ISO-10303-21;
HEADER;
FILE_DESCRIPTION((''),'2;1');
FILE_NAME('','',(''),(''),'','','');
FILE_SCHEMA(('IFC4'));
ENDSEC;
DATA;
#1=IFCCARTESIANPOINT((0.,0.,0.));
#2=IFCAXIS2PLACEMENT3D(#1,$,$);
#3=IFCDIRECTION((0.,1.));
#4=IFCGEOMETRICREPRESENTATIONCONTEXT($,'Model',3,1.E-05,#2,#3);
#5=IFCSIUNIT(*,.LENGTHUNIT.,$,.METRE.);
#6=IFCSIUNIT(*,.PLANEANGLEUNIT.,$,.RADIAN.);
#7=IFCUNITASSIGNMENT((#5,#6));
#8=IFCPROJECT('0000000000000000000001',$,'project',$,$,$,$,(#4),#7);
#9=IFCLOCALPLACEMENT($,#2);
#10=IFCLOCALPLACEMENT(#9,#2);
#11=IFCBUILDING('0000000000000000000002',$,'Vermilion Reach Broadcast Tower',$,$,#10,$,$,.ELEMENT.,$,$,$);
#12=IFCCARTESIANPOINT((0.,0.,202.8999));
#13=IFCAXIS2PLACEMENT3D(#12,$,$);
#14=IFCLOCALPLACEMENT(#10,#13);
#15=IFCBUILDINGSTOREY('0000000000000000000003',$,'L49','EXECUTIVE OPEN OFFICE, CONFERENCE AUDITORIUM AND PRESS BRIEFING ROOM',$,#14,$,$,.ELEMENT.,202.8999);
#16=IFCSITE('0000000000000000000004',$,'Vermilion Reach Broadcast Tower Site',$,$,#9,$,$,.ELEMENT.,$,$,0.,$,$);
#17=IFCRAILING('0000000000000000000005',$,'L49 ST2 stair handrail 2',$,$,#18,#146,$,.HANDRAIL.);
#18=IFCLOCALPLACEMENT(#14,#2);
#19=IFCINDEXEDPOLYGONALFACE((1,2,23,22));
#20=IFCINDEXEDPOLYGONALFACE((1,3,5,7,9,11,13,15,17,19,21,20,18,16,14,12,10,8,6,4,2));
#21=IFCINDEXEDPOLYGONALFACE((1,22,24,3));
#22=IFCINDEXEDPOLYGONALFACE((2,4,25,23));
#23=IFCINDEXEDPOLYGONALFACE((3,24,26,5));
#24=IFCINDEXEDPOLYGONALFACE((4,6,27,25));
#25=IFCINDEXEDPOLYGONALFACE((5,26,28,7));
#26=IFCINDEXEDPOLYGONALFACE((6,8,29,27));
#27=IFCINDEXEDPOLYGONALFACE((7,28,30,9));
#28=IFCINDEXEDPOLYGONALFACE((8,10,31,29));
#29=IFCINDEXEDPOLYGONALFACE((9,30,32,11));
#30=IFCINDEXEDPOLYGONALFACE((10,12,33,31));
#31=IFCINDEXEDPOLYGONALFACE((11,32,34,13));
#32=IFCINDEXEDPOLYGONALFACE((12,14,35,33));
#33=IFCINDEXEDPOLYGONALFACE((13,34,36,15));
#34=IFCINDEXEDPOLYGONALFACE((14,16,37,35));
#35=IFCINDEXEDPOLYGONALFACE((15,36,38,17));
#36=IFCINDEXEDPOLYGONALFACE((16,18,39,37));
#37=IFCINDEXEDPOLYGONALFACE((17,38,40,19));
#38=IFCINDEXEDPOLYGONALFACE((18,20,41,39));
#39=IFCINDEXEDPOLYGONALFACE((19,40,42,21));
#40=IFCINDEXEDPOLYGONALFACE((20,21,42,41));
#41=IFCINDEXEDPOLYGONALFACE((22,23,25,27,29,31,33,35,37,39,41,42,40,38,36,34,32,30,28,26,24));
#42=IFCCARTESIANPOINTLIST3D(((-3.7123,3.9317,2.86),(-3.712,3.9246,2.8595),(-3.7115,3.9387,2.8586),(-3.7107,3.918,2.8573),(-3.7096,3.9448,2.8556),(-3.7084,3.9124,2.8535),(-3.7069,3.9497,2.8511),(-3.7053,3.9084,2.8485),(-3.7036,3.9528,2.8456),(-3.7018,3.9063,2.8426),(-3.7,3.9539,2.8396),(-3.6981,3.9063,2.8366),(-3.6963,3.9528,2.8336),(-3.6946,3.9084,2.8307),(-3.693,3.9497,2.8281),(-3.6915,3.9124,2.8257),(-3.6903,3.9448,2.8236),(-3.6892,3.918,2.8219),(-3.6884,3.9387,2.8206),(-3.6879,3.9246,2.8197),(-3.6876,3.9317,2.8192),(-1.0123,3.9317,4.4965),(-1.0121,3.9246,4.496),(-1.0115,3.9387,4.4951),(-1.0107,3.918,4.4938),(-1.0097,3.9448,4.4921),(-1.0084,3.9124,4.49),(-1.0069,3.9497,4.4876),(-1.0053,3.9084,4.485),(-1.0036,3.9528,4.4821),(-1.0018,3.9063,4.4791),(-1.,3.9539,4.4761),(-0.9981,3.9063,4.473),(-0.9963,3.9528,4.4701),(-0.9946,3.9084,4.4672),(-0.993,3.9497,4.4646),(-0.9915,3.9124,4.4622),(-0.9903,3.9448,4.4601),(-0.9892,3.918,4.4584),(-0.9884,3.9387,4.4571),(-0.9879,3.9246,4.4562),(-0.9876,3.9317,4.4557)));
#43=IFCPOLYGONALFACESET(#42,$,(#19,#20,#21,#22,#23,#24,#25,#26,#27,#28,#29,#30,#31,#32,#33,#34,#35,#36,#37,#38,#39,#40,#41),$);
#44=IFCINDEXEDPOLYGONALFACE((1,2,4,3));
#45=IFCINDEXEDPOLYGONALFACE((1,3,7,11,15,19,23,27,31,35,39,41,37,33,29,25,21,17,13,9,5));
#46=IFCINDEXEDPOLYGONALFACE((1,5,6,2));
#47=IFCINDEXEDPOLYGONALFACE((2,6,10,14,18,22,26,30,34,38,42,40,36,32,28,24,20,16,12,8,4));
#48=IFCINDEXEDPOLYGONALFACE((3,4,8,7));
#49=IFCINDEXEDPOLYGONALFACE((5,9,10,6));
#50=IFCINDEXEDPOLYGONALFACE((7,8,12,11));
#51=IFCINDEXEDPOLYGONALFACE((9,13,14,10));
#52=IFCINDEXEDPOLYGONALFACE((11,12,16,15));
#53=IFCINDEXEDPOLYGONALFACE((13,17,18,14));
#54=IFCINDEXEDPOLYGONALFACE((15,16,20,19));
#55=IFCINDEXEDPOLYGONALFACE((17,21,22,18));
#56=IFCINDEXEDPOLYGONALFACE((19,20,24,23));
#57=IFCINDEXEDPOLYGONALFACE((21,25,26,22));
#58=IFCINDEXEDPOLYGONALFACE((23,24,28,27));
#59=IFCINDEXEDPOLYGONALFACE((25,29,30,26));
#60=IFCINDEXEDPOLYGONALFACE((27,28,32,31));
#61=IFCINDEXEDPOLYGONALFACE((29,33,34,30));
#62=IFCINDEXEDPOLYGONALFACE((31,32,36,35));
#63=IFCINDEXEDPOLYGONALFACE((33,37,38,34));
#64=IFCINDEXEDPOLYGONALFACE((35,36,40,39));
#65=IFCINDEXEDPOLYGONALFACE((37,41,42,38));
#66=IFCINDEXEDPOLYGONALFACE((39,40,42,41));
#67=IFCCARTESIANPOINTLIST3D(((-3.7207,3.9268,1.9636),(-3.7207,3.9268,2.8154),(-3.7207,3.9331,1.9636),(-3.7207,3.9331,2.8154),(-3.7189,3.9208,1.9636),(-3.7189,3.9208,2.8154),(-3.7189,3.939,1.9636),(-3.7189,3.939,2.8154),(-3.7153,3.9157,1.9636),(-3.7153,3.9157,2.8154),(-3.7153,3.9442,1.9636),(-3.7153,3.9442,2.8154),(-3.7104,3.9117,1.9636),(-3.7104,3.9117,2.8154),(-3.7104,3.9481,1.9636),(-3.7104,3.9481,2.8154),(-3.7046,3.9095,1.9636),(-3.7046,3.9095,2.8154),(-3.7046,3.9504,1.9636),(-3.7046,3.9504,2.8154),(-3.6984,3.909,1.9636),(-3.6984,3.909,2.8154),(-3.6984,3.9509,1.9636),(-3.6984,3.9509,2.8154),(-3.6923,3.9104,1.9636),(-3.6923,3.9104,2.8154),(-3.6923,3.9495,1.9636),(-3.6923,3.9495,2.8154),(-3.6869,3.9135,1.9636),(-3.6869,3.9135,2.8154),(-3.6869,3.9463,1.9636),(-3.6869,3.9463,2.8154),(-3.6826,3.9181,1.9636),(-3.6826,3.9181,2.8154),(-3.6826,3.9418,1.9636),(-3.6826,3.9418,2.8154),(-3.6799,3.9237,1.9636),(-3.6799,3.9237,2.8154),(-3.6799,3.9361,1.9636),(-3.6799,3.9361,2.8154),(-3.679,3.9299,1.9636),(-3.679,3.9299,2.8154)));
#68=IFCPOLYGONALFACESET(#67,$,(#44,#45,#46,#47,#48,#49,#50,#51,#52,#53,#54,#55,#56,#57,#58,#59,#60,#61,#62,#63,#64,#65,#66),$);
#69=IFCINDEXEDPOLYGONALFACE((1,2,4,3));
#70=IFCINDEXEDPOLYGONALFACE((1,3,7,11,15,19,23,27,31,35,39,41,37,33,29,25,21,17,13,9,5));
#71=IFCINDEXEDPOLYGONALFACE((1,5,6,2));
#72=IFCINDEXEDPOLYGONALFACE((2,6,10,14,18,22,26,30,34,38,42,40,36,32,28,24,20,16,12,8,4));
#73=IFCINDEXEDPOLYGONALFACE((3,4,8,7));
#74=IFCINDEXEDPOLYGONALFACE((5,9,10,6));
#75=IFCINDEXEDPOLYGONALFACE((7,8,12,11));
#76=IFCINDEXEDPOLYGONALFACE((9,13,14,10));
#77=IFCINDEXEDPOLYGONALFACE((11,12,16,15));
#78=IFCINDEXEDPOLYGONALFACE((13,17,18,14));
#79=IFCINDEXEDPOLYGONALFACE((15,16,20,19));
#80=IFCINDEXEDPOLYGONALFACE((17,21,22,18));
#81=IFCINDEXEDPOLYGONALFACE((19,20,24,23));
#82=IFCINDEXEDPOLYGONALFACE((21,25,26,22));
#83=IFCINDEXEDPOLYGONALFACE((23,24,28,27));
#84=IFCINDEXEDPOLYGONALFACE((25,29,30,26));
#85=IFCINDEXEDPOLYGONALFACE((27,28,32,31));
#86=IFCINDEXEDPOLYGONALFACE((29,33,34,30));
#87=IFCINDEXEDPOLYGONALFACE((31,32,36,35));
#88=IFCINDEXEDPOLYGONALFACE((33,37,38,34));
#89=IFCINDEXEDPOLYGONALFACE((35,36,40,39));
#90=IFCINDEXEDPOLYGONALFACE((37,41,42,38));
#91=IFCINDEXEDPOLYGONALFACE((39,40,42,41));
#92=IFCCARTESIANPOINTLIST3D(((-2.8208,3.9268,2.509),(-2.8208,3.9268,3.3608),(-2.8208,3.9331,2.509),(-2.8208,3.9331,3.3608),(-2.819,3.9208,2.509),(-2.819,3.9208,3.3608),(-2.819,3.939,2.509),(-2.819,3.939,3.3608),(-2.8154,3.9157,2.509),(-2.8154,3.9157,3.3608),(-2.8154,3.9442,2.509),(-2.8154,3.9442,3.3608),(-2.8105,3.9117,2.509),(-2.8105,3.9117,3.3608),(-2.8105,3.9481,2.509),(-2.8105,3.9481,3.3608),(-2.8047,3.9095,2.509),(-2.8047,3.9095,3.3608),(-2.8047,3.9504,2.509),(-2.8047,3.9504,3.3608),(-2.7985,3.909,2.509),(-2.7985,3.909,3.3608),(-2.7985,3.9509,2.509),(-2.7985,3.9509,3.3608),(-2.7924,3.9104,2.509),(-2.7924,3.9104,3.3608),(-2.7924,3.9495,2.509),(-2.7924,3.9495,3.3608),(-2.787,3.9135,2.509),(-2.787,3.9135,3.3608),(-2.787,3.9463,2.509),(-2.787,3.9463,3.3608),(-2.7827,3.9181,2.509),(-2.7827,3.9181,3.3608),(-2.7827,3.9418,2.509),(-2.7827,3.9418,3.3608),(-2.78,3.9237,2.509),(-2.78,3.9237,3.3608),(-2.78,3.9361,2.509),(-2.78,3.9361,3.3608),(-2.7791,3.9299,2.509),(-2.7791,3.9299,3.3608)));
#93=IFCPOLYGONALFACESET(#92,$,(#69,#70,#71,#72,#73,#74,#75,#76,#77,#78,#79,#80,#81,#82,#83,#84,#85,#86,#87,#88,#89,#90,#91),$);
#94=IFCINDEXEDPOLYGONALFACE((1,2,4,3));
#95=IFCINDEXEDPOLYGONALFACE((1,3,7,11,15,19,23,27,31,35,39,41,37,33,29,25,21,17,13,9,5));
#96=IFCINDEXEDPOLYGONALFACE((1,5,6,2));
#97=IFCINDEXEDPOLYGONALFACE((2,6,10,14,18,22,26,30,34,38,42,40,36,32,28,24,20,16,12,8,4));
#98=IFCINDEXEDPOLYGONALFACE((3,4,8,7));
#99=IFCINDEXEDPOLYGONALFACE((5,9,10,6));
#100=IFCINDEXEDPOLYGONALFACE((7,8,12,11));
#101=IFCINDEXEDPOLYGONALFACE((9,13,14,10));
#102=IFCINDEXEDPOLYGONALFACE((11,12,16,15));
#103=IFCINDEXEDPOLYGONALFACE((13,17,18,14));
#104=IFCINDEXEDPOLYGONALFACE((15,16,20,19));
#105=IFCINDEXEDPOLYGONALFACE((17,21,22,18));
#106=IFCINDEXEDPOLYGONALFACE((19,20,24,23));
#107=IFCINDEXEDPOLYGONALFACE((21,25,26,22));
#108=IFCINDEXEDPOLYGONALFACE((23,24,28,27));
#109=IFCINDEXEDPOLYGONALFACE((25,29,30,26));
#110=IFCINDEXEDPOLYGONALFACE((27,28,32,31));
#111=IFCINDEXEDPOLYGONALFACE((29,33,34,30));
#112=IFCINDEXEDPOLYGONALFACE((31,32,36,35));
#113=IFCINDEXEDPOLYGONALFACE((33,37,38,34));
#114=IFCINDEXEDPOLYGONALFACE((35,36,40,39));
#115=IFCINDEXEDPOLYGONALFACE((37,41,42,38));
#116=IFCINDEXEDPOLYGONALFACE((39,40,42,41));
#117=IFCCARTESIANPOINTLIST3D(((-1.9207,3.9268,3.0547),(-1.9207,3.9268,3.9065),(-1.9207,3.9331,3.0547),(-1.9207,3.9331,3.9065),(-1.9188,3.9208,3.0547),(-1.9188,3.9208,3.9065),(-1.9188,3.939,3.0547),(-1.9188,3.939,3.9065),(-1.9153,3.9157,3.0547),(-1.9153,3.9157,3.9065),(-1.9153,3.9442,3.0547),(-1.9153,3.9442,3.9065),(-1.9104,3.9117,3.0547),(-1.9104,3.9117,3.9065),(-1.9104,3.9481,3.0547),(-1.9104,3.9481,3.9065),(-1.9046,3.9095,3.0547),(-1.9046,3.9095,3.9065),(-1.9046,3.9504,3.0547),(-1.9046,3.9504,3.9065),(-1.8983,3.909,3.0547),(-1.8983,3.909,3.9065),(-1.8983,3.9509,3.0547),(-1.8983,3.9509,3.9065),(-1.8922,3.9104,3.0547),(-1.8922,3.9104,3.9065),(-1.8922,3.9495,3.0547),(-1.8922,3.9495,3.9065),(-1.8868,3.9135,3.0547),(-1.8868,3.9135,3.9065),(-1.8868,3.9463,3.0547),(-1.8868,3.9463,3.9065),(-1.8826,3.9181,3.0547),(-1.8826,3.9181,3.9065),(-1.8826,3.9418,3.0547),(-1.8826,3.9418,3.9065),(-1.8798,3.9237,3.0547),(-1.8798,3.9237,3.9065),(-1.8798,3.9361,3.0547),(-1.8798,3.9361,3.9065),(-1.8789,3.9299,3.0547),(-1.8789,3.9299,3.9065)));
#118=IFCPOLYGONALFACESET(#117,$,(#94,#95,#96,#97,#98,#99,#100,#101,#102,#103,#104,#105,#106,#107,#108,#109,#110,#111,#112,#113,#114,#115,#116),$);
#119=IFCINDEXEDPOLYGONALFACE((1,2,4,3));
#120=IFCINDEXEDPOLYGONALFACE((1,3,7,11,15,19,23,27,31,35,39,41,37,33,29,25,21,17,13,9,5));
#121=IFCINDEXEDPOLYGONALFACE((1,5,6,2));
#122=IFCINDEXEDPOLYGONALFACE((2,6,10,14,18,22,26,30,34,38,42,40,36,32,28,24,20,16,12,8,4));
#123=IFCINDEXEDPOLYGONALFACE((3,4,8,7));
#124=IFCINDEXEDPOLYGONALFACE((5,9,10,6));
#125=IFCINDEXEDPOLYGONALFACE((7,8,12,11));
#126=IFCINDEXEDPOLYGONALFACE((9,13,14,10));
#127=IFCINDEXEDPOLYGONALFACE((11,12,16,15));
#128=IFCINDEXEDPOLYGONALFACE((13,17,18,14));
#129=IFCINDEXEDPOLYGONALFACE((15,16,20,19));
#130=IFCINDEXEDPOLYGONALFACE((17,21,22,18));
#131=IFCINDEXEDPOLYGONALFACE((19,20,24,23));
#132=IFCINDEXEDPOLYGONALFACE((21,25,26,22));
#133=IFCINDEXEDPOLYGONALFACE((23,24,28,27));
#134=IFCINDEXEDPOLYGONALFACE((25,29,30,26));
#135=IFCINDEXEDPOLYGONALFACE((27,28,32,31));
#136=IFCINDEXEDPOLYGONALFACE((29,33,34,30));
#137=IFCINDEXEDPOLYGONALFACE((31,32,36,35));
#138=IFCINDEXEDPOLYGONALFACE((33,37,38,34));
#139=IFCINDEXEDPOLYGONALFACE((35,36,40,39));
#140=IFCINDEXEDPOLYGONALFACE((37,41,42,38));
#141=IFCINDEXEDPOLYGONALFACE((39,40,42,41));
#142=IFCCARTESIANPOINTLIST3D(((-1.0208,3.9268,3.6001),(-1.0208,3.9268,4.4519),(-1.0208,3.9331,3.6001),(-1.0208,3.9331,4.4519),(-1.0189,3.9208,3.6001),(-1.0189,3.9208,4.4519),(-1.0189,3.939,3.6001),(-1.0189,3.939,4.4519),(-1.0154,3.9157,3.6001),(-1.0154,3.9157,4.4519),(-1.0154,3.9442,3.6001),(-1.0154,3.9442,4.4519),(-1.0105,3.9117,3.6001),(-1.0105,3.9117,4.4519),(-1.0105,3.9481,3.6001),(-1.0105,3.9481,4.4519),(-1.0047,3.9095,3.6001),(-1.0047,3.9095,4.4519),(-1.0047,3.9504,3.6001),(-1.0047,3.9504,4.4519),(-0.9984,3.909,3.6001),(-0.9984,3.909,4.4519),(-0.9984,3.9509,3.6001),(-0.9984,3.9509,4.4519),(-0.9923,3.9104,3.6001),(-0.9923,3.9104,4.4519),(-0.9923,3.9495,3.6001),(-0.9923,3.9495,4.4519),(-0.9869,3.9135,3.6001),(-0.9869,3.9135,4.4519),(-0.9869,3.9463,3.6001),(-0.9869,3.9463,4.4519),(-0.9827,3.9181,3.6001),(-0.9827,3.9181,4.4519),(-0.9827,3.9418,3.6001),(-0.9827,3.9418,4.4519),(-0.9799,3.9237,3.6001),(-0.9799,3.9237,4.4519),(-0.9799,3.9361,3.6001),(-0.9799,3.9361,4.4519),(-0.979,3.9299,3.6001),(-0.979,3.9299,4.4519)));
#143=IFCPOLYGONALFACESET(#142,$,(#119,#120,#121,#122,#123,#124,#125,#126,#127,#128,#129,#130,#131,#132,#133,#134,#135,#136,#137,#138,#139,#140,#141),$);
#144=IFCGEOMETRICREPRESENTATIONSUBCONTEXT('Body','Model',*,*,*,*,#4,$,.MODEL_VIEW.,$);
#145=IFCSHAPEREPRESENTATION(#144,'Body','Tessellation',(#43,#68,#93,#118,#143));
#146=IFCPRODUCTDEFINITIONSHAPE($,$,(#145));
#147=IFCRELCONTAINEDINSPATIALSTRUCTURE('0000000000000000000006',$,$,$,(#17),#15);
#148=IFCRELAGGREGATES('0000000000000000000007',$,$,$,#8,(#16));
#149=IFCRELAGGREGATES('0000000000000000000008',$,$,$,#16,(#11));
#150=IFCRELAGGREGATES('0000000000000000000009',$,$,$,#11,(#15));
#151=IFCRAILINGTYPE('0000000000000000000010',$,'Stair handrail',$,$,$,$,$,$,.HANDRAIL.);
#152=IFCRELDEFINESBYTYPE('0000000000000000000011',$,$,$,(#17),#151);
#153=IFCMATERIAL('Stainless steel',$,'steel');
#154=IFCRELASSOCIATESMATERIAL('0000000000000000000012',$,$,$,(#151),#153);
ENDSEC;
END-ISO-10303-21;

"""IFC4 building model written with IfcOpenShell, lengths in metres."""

from ifc_helpers import new_model, si_unit, direction, frame, origin, origin_2d, place, context, subcontext, project, spatial, circle, extrude, material, type_object, element, save


model = new_model("IFC4")

# Units and contexts
model_context = context("Model", 3, precision=1e-05, world=origin(), true_north=direction((0.0, 1.0)))
body_context = subcontext(model_context, "Body", "Model", "MODEL_VIEW")
ifc_project = project(units=[si_unit("LENGTHUNIT", "METRE"), si_unit("PLANEANGLEUNIT", "RADIAN")], contexts=[model_context])

# Site, building, storey
site_placement = place(None, origin())
site = spatial("IfcSite", under=ifc_project, at=site_placement, Name="Vermilion Reach Broadcast Tower Site", CompositionType="ELEMENT", RefElevation=0.0)
building_placement = place(site_placement, origin())
building = spatial("IfcBuilding", under=site, at=building_placement, Name="Vermilion Reach Broadcast Tower", CompositionType="ELEMENT")
storey_placement = place(building_placement, frame((0.0, 0.0, 202.8999)))
storey = spatial("IfcBuildingStorey", under=building, at=storey_placement, Name="L49", Description="EXECUTIVE OPEN OFFICE, CONFERENCE AUDITORIUM AND PRESS BRIEFING ROOM", CompositionType="ELEMENT", Elevation=202.8999)

# Railing
ifc_material_1 = material(Name="Stainless steel", Category="steel")
railing_type_1 = type_object("IfcRailingType", Name="Stair handrail", PredefinedType="HANDRAIL", material=ifc_material_1)
railing_1_placement = place(storey_placement, frame((-3.7, 3.9299, 1.9636)))
element("IfcRailing", 1, at=railing_1_placement, inside=storey, type_object=railing_type_1, Name="L49 ST2 stair handrail 2", PredefinedType="HANDRAIL", context=body_context, shape_type="SweptSolid", body=[
    extrude(circle(Radius=0.0239, at=origin_2d()), frame((0.0, 0.0, 0.876), z_axis=(0.855178, 0.0, 0.518334), x_axis=(0.0, 1.0, 0.0)), (0.0, 0.0, 1.0), 3.1572),
    extrude(circle(Radius=0.021, at=origin_2d()), origin(), (0.0, 0.0, 1.0), 0.8518),
    extrude(circle(Radius=0.021, at=origin_2d()), frame((0.8999, 0.0, 0.5454)), (0.0, 0.0, 1.0), 0.8518),
    extrude(circle(Radius=0.021, at=origin_2d()), frame((1.8, 0.0, 1.0911)), (0.0, 0.0, 1.0), 0.8518),
    extrude(circle(Radius=0.021, at=origin_2d()), frame((2.7, 0.0, 1.6365)), (0.0, 0.0, 1.0), 0.8518),
])

save(model, "model.ifc")
